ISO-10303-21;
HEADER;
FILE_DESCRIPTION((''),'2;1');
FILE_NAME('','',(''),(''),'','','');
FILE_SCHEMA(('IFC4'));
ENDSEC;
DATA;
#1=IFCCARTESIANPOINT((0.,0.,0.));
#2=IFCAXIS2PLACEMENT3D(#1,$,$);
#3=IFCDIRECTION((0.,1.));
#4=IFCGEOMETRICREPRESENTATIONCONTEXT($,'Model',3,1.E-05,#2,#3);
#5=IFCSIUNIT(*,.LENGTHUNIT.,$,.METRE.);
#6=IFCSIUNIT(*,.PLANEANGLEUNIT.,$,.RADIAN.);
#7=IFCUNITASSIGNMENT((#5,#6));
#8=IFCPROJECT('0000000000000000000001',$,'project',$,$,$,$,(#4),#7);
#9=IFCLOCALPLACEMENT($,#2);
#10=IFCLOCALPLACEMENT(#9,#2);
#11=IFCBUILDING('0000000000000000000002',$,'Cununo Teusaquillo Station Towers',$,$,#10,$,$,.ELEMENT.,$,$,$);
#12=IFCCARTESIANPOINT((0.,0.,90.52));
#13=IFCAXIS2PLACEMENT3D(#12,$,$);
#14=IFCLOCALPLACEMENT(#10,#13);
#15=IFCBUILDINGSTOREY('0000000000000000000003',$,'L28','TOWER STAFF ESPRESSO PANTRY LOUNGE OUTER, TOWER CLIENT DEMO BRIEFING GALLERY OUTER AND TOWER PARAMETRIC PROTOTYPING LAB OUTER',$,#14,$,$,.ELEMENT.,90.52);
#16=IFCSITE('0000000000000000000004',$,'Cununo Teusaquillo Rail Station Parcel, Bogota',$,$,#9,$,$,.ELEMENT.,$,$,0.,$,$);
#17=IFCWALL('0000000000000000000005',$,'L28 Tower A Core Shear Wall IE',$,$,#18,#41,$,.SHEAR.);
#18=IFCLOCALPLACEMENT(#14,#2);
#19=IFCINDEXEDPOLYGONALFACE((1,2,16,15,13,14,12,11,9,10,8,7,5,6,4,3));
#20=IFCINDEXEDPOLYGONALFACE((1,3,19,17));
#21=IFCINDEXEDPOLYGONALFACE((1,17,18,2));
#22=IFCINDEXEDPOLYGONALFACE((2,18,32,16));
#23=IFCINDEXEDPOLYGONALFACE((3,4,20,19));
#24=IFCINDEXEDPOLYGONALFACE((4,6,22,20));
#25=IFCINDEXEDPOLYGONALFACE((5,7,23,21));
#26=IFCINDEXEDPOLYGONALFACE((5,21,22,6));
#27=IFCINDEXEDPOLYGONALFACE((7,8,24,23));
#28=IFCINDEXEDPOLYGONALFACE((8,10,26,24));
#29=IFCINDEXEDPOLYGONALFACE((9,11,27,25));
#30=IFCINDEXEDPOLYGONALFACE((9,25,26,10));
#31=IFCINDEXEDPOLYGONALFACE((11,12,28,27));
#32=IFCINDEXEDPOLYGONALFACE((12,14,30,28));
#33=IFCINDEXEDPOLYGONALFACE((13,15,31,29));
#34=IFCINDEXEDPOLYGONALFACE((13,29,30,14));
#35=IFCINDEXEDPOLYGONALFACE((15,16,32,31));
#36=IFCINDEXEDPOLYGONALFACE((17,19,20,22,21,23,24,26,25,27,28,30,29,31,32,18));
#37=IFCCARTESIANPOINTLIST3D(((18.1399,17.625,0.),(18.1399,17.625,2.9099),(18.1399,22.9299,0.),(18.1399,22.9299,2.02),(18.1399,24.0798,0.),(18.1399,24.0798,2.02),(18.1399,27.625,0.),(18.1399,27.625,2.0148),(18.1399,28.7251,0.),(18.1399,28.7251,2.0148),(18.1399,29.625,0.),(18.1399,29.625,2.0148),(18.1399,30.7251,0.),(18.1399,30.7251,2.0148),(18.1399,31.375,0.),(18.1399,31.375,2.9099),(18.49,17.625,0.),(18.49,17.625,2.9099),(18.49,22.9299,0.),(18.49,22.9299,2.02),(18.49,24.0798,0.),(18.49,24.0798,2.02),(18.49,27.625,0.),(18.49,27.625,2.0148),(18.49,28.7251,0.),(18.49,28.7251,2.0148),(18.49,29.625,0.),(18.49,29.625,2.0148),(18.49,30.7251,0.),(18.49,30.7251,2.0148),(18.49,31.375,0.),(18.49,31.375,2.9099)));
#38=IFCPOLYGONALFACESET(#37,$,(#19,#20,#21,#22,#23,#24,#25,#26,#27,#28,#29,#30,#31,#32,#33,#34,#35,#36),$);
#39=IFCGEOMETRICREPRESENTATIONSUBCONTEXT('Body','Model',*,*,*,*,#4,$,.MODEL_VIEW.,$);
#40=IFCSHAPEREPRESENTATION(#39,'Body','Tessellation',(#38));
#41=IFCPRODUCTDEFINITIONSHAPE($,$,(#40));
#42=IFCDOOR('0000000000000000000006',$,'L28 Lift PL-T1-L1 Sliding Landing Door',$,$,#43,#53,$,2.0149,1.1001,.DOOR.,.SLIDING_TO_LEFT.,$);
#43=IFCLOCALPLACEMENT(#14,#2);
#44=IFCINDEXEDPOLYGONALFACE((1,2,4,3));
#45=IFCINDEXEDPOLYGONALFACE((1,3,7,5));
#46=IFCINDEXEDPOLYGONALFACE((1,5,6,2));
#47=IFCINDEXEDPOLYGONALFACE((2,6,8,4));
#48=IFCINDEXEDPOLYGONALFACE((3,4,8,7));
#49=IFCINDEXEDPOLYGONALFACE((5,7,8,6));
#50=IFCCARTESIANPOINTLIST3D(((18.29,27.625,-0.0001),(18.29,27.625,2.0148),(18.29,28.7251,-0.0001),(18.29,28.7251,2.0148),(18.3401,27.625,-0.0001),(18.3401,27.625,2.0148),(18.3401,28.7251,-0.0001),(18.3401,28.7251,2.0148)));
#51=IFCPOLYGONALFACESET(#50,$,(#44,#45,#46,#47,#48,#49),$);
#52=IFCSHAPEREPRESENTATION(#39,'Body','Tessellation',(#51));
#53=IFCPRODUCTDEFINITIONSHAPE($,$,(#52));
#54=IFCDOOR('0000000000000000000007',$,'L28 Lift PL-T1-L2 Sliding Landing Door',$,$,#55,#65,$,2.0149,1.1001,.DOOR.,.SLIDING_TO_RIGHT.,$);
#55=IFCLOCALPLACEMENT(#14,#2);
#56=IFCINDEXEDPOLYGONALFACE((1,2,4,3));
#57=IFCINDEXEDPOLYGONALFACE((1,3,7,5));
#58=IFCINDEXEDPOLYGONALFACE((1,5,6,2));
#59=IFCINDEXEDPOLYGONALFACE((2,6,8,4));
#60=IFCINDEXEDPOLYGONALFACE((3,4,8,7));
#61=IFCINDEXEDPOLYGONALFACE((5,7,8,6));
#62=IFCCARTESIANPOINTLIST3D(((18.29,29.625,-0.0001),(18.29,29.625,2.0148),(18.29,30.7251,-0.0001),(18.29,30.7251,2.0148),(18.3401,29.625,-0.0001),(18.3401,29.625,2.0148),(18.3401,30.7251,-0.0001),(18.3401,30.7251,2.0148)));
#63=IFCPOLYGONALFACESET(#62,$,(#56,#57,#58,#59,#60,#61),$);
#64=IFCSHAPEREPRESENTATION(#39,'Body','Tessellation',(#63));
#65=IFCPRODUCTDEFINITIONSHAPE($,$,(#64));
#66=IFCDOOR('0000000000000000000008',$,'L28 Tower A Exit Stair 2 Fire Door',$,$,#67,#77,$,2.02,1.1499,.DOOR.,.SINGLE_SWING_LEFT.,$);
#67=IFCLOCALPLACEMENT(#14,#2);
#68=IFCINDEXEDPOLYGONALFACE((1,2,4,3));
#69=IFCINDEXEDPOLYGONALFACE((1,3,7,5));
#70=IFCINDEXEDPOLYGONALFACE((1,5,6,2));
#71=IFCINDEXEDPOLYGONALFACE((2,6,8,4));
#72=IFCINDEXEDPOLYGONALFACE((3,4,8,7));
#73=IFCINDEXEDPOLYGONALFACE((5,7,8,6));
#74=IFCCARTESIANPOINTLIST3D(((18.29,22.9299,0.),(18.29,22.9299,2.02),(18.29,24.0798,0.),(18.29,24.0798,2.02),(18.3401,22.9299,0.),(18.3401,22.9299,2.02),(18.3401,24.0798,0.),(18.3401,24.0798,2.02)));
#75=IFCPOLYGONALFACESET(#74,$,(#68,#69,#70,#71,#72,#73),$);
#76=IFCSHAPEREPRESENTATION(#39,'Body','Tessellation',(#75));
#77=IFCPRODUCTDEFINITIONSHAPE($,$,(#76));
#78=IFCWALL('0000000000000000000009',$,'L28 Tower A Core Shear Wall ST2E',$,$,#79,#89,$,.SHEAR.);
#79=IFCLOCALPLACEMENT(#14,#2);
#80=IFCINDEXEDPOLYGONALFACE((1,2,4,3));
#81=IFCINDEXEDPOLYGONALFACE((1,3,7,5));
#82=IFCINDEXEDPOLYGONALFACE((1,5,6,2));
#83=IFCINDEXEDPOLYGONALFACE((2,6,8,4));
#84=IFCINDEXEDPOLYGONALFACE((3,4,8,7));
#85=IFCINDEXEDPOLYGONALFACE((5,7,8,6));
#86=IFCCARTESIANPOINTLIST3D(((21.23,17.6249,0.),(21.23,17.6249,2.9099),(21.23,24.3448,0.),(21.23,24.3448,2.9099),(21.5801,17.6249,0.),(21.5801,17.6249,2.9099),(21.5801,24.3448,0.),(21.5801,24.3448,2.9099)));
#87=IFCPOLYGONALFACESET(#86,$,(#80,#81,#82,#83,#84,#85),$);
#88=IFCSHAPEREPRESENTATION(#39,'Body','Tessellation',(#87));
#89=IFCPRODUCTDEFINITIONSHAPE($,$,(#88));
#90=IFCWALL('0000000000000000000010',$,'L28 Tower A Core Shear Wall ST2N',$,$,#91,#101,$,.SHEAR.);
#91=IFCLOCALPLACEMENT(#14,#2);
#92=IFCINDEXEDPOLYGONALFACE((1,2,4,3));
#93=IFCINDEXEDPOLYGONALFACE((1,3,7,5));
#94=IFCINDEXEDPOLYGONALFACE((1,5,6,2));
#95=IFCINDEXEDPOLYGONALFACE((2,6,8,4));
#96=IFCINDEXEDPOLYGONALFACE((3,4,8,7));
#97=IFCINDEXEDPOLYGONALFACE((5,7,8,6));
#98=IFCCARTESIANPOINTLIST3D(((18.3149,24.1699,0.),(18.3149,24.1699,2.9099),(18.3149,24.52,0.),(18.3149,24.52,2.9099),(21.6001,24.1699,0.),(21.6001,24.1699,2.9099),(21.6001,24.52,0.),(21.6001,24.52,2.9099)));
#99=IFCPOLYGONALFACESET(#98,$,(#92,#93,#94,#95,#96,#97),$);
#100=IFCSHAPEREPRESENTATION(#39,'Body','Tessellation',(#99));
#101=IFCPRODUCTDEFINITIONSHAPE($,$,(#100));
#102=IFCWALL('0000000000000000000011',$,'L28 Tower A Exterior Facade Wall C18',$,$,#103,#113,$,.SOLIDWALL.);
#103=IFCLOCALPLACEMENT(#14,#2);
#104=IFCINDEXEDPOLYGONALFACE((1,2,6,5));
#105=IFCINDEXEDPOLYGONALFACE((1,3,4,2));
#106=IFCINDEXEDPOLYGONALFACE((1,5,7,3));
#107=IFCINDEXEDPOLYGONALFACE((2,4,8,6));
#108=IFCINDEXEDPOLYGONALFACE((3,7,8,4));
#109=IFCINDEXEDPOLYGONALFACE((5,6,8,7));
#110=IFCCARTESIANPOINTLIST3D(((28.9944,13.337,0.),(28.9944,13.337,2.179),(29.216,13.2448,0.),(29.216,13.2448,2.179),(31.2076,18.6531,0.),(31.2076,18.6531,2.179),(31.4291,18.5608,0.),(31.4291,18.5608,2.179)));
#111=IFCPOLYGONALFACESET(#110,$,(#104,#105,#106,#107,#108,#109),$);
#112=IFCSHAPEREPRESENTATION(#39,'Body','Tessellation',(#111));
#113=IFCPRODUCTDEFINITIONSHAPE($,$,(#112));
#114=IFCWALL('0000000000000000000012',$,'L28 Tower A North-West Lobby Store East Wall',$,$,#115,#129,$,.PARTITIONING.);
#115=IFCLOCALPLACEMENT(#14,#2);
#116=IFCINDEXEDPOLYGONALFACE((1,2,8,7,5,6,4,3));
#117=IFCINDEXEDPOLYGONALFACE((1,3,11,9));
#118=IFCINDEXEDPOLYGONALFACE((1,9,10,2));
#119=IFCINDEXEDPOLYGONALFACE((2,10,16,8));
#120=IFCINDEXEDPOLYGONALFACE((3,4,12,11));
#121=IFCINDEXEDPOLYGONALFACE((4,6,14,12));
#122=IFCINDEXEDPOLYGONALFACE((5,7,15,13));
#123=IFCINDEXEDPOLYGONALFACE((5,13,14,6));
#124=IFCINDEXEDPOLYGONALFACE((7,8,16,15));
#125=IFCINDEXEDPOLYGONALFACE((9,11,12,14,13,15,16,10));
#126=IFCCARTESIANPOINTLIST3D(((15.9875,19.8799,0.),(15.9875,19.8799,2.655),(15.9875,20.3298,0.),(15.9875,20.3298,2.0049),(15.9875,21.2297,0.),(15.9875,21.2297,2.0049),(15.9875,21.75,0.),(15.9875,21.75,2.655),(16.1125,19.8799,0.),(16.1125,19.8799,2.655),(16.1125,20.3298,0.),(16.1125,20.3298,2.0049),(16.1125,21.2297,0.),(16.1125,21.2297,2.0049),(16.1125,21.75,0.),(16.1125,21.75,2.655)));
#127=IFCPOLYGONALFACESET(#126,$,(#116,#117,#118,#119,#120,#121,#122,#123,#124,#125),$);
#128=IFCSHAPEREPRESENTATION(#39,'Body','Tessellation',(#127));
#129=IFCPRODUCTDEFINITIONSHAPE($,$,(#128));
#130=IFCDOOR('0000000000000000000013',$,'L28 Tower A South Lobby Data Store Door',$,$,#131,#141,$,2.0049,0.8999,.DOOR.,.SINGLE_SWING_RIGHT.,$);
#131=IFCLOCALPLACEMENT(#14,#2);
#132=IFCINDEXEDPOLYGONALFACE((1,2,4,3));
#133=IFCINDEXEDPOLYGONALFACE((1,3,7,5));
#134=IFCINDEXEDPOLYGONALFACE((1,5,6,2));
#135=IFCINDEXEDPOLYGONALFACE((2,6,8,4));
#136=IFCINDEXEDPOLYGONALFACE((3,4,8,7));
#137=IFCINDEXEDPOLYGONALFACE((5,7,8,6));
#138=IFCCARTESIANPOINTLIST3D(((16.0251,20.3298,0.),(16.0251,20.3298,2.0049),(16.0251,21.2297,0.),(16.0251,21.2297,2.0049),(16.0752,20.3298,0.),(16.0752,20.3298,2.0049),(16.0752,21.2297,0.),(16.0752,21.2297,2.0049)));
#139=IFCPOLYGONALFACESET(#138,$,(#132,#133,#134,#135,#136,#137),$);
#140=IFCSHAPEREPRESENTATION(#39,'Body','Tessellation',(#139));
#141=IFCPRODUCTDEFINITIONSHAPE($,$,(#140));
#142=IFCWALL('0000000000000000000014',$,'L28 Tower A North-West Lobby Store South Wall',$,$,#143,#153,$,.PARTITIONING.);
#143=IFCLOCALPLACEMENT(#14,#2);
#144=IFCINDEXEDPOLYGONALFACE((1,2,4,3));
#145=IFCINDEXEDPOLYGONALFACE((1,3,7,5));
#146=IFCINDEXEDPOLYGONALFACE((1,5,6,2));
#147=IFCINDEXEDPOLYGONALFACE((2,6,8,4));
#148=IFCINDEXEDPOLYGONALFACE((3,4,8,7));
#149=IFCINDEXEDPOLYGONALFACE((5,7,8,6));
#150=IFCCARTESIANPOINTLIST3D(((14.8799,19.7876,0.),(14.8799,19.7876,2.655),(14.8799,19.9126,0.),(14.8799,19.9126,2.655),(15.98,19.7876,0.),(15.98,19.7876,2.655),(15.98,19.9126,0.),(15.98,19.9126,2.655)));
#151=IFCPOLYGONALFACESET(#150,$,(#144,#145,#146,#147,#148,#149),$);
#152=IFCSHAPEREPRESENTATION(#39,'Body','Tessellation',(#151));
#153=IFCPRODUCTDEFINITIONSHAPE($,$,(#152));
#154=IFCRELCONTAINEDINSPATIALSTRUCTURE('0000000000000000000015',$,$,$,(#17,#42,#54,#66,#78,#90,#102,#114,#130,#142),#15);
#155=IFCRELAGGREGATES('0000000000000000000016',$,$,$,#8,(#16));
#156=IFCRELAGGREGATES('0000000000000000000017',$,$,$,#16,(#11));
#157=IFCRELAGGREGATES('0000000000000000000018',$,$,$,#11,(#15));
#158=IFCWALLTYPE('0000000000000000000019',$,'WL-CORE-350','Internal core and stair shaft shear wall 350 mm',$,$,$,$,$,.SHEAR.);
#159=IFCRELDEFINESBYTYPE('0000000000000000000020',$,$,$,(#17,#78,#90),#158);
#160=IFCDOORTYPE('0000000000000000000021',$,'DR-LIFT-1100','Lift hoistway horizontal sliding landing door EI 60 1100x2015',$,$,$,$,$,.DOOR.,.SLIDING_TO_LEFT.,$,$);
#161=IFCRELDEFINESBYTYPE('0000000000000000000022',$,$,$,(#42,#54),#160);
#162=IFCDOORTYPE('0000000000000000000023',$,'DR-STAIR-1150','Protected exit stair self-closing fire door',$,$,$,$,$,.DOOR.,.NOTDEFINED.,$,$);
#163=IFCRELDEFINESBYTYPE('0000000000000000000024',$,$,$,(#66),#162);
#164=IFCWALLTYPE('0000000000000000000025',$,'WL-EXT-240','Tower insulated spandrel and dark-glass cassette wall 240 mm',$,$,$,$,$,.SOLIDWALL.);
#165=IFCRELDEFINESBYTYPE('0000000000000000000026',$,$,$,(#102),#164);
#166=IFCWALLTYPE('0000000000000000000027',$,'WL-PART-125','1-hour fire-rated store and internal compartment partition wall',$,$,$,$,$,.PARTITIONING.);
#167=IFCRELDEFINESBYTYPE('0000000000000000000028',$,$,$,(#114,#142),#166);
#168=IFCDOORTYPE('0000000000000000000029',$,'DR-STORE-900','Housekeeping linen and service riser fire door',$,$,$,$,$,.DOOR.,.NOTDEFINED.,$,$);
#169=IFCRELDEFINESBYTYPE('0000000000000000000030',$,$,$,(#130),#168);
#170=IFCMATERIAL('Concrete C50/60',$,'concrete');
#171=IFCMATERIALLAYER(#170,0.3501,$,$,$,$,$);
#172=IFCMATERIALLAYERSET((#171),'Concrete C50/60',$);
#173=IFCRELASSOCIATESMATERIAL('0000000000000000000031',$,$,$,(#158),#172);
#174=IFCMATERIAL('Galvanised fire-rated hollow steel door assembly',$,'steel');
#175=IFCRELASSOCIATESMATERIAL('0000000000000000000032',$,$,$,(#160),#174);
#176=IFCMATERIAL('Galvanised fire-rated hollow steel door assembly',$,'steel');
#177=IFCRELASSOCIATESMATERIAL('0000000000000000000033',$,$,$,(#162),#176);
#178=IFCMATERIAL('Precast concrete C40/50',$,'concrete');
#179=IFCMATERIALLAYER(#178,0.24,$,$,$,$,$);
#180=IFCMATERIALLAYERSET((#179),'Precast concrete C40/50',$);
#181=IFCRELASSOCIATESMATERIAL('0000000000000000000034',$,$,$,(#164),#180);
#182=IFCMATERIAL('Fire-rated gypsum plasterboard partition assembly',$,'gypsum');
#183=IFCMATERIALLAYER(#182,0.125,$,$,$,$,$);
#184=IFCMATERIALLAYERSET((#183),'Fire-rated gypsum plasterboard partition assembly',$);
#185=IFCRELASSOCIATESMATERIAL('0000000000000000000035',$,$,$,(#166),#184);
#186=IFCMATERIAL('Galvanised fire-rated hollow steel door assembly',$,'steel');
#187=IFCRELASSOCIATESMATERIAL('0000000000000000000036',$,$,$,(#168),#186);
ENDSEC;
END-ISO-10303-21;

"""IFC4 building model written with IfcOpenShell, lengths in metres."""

from ifc_helpers import new_model, si_unit, direction, frame, frame_2d, origin, place, context, subcontext, project, spatial, rectangle, extrude, source, transform, mapped, material, layer, layer_set, type_object, element, fill, save


model = new_model("IFC4")

# Units and contexts
model_context = context("Model", 3, precision=1e-05, world=origin(), true_north=direction((0.0, 1.0)))
body_context = subcontext(model_context, "Body", "Model", "MODEL_VIEW")
ifc_project = project(units=[si_unit("LENGTHUNIT", "METRE"), si_unit("PLANEANGLEUNIT", "RADIAN")], contexts=[model_context])

# Site, building, storey
site_placement = place(None, origin())
site = spatial("IfcSite", under=ifc_project, at=site_placement, Name="Cununo Teusaquillo Rail Station Parcel, Bogota", CompositionType="ELEMENT", RefElevation=0.0)
building_placement = place(site_placement, origin())
building = spatial("IfcBuilding", under=site, at=building_placement, Name="Cununo Teusaquillo Station Towers", CompositionType="ELEMENT")
storey_placement = place(building_placement, frame((0.0, 0.0, 90.52)))
storey = spatial("IfcBuildingStorey", under=building, at=storey_placement, Name="L28", Description="TOWER STAFF ESPRESSO PANTRY LOUNGE OUTER, TOWER CLIENT DEMO BRIEFING GALLERY OUTER AND TOWER PARAMETRIC PROTOTYPING LAB OUTER", CompositionType="ELEMENT", Elevation=90.52)

# Wall, openings, doors
ifc_material_1 = material(Name="Concrete C50/60", Category="concrete")
ifc_layer_1 = layer(ifc_material_1, 0.3501)
ifc_layer_set_1 = layer_set([ifc_layer_1], Name="Concrete C50/60")
wall_type_1 = type_object("IfcWallType", Name="WL-CORE-350", Description="Internal core and stair shaft shear wall 350 mm", PredefinedType="SHEAR", material=ifc_layer_set_1)
wall_1_placement = place(storey_placement, frame((18.3149, 17.625, 0.0), z_axis=(0.0, 0.0, 1.0), x_axis=(0.0, 1.0, 0.0)))
wall_1 = element("IfcWall", 1, at=wall_1_placement, inside=storey, type_object=wall_type_1, Name="L28 Tower A Core Shear Wall IE", PredefinedType="SHEAR", context=body_context, shape_type="SweptSolid", body=[
    extrude(rectangle(XDim=13.75, YDim=0.3501, at=frame_2d((6.875, 0.0))), origin(), (0.0, 0.0, 1.0), 2.9099),
])
shared_shape_1 = source(origin(), body_context, "Body", "SweptSolid", [
    extrude(rectangle(XDim=1.1001, YDim=2.0149, at=frame_2d((0.55, 1.0073))), frame((0.0, 0.1851, 0.0), z_axis=(0.0, -1.0, 0.0), x_axis=(1.0, 0.0, 0.0)), (0.0, 0.0, 1.0), 0.3701),
])
opening_1_placement = place(wall_1_placement, frame((10.0, 0.0, 0.0)))
opening_1 = element("IfcOpeningElement", 2, at=opening_1_placement, cuts=wall_1, PredefinedType="OPENING", context=body_context, shape_type="MappedRepresentation", body=[
    mapped(shared_shape_1, transform((0.0, 0.0, 0.0), x_axis=(1.0, 0.0, 0.0), y_axis=(0.0, 1.0, 0.0), z_axis=(0.0, 0.0, 1.0), scale=1.0)),
])
opening_2_placement = place(wall_1_placement, frame((12.0, 0.0, 0.0)))
opening_2 = element("IfcOpeningElement", 3, at=opening_2_placement, cuts=wall_1, PredefinedType="OPENING", context=body_context, shape_type="MappedRepresentation", body=[
    mapped(shared_shape_1, transform((0.0, 0.0, 0.0), x_axis=(1.0, 0.0, 0.0), y_axis=(0.0, 1.0, 0.0), z_axis=(0.0, 0.0, 1.0), scale=1.0)),
])
shared_shape_2 = source(origin(), body_context, "Body", "SweptSolid", [
    extrude(rectangle(XDim=1.1499, YDim=2.02, at=frame_2d((0.575, 1.01))), frame((0.0, 0.1851, 0.0), z_axis=(0.0, -1.0, 0.0), x_axis=(1.0, 0.0, 0.0)), (0.0, 0.0, 1.0), 0.3701),
])
opening_3_placement = place(wall_1_placement, frame((5.3049, 0.0, 0.0)))
opening_3 = element("IfcOpeningElement", 4, at=opening_3_placement, cuts=wall_1, PredefinedType="OPENING", context=body_context, shape_type="MappedRepresentation", body=[
    mapped(shared_shape_2, transform((0.0, 0.0, 0.0), x_axis=(1.0, 0.0, 0.0), y_axis=(0.0, 1.0, 0.0), z_axis=(0.0, 0.0, 1.0), scale=1.0)),
])
ifc_material_2 = material(Name="Galvanised fire-rated hollow steel door assembly", Category="steel")
door_type_1 = type_object("IfcDoorType", Name="DR-LIFT-1100", Description="Lift hoistway horizontal sliding landing door EI 60 1100x2015", OperationType="SLIDING_TO_LEFT", PredefinedType="DOOR", material=ifc_material_2)
shared_shape_3 = source(origin(), body_context, "Body", "SweptSolid", [
    extrude(rectangle(XDim=1.1001, YDim=2.0149, at=frame_2d((0.55, 1.0073))), frame((0.0, 0.0249, 0.0), z_axis=(0.0, -1.0, 0.0), x_axis=(1.0, 0.0, 0.0)), (0.0, 0.0, 1.0), 0.05),
])
door_1_placement = place(opening_1_placement, origin())
door_1 = element("IfcDoor", 5, at=door_1_placement, inside=storey, type_object=door_type_1, Name="L28 Lift PL-T1-L1 Sliding Landing Door", OperationType="SLIDING_TO_LEFT", OverallHeight=2.0149, OverallWidth=1.1001, PredefinedType="DOOR", context=body_context, shape_type="MappedRepresentation", body=[
    mapped(shared_shape_3, transform((0.0, 0.0, 0.0), x_axis=(1.0, 0.0, 0.0), y_axis=(0.0, 1.0, 0.0), z_axis=(0.0, 0.0, 1.0), scale=1.0)),
])
fill(opening_1, door_1)
door_2_placement = place(opening_2_placement, origin())
door_2 = element("IfcDoor", 6, at=door_2_placement, inside=storey, type_object=door_type_1, Name="L28 Lift PL-T1-L2 Sliding Landing Door", OperationType="SLIDING_TO_RIGHT", OverallHeight=2.0149, OverallWidth=1.1001, PredefinedType="DOOR", context=body_context, shape_type="MappedRepresentation", body=[
    mapped(shared_shape_3, transform((0.0, 0.0, 0.0), x_axis=(1.0, 0.0, 0.0), y_axis=(0.0, 1.0, 0.0), z_axis=(0.0, 0.0, 1.0), scale=1.0)),
])
fill(opening_2, door_2)
ifc_material_3 = material(Name="Galvanised fire-rated hollow steel door assembly", Category="steel")
door_type_2 = type_object("IfcDoorType", Name="DR-STAIR-1150", Description="Protected exit stair self-closing fire door", OperationType="NOTDEFINED", PredefinedType="DOOR", material=ifc_material_3)
shared_shape_4 = source(origin(), body_context, "Body", "SweptSolid", [
    extrude(rectangle(XDim=1.1499, YDim=2.02, at=frame_2d((0.575, 1.01))), frame((0.0, 0.0249, 0.0), z_axis=(0.0, -1.0, 0.0), x_axis=(1.0, 0.0, 0.0)), (0.0, 0.0, 1.0), 0.05),
])
door_3_placement = place(opening_3_placement, origin())
door_3 = element("IfcDoor", 7, at=door_3_placement, inside=storey, type_object=door_type_2, Name="L28 Tower A Exit Stair 2 Fire Door", OperationType="SINGLE_SWING_LEFT", OverallHeight=2.02, OverallWidth=1.1499, PredefinedType="DOOR", context=body_context, shape_type="MappedRepresentation", body=[
    mapped(shared_shape_4, transform((0.0, 0.0, 0.0), x_axis=(1.0, 0.0, 0.0), y_axis=(0.0, 1.0, 0.0), z_axis=(0.0, 0.0, 1.0), scale=1.0)),
])
fill(opening_3, door_3)

# Walls
wall_2_placement = place(storey_placement, frame((21.405, 17.625, 0.0), z_axis=(0.0, 0.0, 1.0), x_axis=(0.0, 1.0, 0.0)))
element("IfcWall", 8, at=wall_2_placement, inside=storey, type_object=wall_type_1, Name="L28 Tower A Core Shear Wall ST2E", PredefinedType="SHEAR", context=body_context, shape_type="SweptSolid", body=[
    extrude(rectangle(XDim=6.72, YDim=0.3501, at=frame_2d((3.3599, 0.0))), origin(), (0.0, 0.0, 1.0), 2.9099),
])
wall_3_placement = place(storey_placement, frame((18.3149, 24.345, 0.0), z_axis=(0.0, 0.0, 1.0), x_axis=(1.0, 0.0, 0.0)))
element("IfcWall", 9, at=wall_3_placement, inside=storey, type_object=wall_type_1, Name="L28 Tower A Core Shear Wall ST2N", PredefinedType="SHEAR", context=body_context, shape_type="SweptSolid", body=[
    extrude(rectangle(XDim=3.2852, YDim=0.3501, at=frame_2d((1.6426, 0.0))), origin(), (0.0, 0.0, 1.0), 2.9099),
])
ifc_material_4 = material(Name="Precast concrete C40/50", Category="concrete")
ifc_layer_2 = layer(ifc_material_4, 0.24)
ifc_layer_set_2 = layer_set([ifc_layer_2], Name="Precast concrete C40/50")
wall_type_2 = type_object("IfcWallType", Name="WL-EXT-240", Description="Tower insulated spandrel and dark-glass cassette wall 240 mm", PredefinedType="SOLIDWALL", material=ifc_layer_set_2)
wall_4_placement = place(storey_placement, frame((31.3184, 18.6069, 0.0), z_axis=(0.0, 0.0, 1.0), x_axis=(-0.384344, -0.92319, 0.0)))
element("IfcWall", 10, at=wall_4_placement, inside=storey, type_object=wall_type_2, Name="L28 Tower A Exterior Facade Wall C18", PredefinedType="SOLIDWALL", context=body_context, shape_type="SweptSolid", body=[
    extrude(rectangle(XDim=5.7583, YDim=0.24, at=frame_2d((2.8792, 0.0))), origin(), (0.0, 0.0, 1.0), 2.179),
])

# Wall, opening, door
ifc_material_5 = material(Name="Fire-rated gypsum plasterboard partition assembly", Category="gypsum")
ifc_layer_3 = layer(ifc_material_5, 0.125)
ifc_layer_set_3 = layer_set([ifc_layer_3], Name="Fire-rated gypsum plasterboard partition assembly")
wall_type_3 = type_object("IfcWallType", Name="WL-PART-125", Description="1-hour fire-rated store and internal compartment partition wall", PredefinedType="PARTITIONING", material=ifc_layer_set_3)
wall_5_placement = place(storey_placement, frame((16.05, 19.8799, 0.0), z_axis=(0.0, 0.0, 1.0), x_axis=(0.0, 1.0, 0.0)))
wall_5 = element("IfcWall", 11, at=wall_5_placement, inside=storey, type_object=wall_type_3, Name="L28 Tower A North-West Lobby Store East Wall", PredefinedType="PARTITIONING", context=body_context, shape_type="SweptSolid", body=[
    extrude(rectangle(XDim=1.8701, YDim=0.125, at=frame_2d((0.9351, 0.0))), origin(), (0.0, 0.0, 1.0), 2.655),
])
shared_shape_5 = source(origin(), body_context, "Body", "SweptSolid", [
    extrude(rectangle(XDim=0.8999, YDim=2.0049, at=frame_2d((0.45, 1.0024))), frame((0.0, 0.0725, 0.0), z_axis=(0.0, -1.0, 0.0), x_axis=(1.0, 0.0, 0.0)), (0.0, 0.0, 1.0), 0.145),
])
opening_4_placement = place(wall_5_placement, frame((0.45, 0.0, 0.0)))
opening_4 = element("IfcOpeningElement", 12, at=opening_4_placement, cuts=wall_5, PredefinedType="OPENING", context=body_context, shape_type="MappedRepresentation", body=[
    mapped(shared_shape_5, transform((0.0, 0.0, 0.0), x_axis=(1.0, 0.0, 0.0), y_axis=(0.0, 1.0, 0.0), z_axis=(0.0, 0.0, 1.0), scale=1.0)),
])
ifc_material_6 = material(Name="Galvanised fire-rated hollow steel door assembly", Category="steel")
door_type_3 = type_object("IfcDoorType", Name="DR-STORE-900", Description="Housekeeping linen and service riser fire door", OperationType="NOTDEFINED", PredefinedType="DOOR", material=ifc_material_6)
shared_shape_6 = source(origin(), body_context, "Body", "SweptSolid", [
    extrude(rectangle(XDim=0.8999, YDim=2.0049, at=frame_2d((0.45, 1.0024))), frame((0.0, 0.0249, 0.0), z_axis=(0.0, -1.0, 0.0), x_axis=(1.0, 0.0, 0.0)), (0.0, 0.0, 1.0), 0.05),
])
door_4_placement = place(opening_4_placement, origin())
door_4 = element("IfcDoor", 13, at=door_4_placement, inside=storey, type_object=door_type_3, Name="L28 Tower A South Lobby Data Store Door", OperationType="SINGLE_SWING_RIGHT", OverallHeight=2.0049, OverallWidth=0.8999, PredefinedType="DOOR", context=body_context, shape_type="MappedRepresentation", body=[
    mapped(shared_shape_6, transform((0.0, 0.0, 0.0), x_axis=(1.0, 0.0, 0.0), y_axis=(0.0, 1.0, 0.0), z_axis=(0.0, 0.0, 1.0), scale=1.0)),
])
fill(opening_4, door_4)

# Wall
wall_6_placement = place(storey_placement, frame((14.8799, 19.8501, 0.0), z_axis=(0.0, 0.0, 1.0), x_axis=(1.0, 0.0, 0.0)))
element("IfcWall", 14, at=wall_6_placement, inside=storey, type_object=wall_type_3, Name="L28 Tower A North-West Lobby Store South Wall", PredefinedType="PARTITIONING", context=body_context, shape_type="SweptSolid", body=[
    extrude(rectangle(XDim=1.1001, YDim=0.125, at=frame_2d((0.55, 0.0))), origin(), (0.0, 0.0, 1.0), 2.655),
])

save(model, "model.ifc")
